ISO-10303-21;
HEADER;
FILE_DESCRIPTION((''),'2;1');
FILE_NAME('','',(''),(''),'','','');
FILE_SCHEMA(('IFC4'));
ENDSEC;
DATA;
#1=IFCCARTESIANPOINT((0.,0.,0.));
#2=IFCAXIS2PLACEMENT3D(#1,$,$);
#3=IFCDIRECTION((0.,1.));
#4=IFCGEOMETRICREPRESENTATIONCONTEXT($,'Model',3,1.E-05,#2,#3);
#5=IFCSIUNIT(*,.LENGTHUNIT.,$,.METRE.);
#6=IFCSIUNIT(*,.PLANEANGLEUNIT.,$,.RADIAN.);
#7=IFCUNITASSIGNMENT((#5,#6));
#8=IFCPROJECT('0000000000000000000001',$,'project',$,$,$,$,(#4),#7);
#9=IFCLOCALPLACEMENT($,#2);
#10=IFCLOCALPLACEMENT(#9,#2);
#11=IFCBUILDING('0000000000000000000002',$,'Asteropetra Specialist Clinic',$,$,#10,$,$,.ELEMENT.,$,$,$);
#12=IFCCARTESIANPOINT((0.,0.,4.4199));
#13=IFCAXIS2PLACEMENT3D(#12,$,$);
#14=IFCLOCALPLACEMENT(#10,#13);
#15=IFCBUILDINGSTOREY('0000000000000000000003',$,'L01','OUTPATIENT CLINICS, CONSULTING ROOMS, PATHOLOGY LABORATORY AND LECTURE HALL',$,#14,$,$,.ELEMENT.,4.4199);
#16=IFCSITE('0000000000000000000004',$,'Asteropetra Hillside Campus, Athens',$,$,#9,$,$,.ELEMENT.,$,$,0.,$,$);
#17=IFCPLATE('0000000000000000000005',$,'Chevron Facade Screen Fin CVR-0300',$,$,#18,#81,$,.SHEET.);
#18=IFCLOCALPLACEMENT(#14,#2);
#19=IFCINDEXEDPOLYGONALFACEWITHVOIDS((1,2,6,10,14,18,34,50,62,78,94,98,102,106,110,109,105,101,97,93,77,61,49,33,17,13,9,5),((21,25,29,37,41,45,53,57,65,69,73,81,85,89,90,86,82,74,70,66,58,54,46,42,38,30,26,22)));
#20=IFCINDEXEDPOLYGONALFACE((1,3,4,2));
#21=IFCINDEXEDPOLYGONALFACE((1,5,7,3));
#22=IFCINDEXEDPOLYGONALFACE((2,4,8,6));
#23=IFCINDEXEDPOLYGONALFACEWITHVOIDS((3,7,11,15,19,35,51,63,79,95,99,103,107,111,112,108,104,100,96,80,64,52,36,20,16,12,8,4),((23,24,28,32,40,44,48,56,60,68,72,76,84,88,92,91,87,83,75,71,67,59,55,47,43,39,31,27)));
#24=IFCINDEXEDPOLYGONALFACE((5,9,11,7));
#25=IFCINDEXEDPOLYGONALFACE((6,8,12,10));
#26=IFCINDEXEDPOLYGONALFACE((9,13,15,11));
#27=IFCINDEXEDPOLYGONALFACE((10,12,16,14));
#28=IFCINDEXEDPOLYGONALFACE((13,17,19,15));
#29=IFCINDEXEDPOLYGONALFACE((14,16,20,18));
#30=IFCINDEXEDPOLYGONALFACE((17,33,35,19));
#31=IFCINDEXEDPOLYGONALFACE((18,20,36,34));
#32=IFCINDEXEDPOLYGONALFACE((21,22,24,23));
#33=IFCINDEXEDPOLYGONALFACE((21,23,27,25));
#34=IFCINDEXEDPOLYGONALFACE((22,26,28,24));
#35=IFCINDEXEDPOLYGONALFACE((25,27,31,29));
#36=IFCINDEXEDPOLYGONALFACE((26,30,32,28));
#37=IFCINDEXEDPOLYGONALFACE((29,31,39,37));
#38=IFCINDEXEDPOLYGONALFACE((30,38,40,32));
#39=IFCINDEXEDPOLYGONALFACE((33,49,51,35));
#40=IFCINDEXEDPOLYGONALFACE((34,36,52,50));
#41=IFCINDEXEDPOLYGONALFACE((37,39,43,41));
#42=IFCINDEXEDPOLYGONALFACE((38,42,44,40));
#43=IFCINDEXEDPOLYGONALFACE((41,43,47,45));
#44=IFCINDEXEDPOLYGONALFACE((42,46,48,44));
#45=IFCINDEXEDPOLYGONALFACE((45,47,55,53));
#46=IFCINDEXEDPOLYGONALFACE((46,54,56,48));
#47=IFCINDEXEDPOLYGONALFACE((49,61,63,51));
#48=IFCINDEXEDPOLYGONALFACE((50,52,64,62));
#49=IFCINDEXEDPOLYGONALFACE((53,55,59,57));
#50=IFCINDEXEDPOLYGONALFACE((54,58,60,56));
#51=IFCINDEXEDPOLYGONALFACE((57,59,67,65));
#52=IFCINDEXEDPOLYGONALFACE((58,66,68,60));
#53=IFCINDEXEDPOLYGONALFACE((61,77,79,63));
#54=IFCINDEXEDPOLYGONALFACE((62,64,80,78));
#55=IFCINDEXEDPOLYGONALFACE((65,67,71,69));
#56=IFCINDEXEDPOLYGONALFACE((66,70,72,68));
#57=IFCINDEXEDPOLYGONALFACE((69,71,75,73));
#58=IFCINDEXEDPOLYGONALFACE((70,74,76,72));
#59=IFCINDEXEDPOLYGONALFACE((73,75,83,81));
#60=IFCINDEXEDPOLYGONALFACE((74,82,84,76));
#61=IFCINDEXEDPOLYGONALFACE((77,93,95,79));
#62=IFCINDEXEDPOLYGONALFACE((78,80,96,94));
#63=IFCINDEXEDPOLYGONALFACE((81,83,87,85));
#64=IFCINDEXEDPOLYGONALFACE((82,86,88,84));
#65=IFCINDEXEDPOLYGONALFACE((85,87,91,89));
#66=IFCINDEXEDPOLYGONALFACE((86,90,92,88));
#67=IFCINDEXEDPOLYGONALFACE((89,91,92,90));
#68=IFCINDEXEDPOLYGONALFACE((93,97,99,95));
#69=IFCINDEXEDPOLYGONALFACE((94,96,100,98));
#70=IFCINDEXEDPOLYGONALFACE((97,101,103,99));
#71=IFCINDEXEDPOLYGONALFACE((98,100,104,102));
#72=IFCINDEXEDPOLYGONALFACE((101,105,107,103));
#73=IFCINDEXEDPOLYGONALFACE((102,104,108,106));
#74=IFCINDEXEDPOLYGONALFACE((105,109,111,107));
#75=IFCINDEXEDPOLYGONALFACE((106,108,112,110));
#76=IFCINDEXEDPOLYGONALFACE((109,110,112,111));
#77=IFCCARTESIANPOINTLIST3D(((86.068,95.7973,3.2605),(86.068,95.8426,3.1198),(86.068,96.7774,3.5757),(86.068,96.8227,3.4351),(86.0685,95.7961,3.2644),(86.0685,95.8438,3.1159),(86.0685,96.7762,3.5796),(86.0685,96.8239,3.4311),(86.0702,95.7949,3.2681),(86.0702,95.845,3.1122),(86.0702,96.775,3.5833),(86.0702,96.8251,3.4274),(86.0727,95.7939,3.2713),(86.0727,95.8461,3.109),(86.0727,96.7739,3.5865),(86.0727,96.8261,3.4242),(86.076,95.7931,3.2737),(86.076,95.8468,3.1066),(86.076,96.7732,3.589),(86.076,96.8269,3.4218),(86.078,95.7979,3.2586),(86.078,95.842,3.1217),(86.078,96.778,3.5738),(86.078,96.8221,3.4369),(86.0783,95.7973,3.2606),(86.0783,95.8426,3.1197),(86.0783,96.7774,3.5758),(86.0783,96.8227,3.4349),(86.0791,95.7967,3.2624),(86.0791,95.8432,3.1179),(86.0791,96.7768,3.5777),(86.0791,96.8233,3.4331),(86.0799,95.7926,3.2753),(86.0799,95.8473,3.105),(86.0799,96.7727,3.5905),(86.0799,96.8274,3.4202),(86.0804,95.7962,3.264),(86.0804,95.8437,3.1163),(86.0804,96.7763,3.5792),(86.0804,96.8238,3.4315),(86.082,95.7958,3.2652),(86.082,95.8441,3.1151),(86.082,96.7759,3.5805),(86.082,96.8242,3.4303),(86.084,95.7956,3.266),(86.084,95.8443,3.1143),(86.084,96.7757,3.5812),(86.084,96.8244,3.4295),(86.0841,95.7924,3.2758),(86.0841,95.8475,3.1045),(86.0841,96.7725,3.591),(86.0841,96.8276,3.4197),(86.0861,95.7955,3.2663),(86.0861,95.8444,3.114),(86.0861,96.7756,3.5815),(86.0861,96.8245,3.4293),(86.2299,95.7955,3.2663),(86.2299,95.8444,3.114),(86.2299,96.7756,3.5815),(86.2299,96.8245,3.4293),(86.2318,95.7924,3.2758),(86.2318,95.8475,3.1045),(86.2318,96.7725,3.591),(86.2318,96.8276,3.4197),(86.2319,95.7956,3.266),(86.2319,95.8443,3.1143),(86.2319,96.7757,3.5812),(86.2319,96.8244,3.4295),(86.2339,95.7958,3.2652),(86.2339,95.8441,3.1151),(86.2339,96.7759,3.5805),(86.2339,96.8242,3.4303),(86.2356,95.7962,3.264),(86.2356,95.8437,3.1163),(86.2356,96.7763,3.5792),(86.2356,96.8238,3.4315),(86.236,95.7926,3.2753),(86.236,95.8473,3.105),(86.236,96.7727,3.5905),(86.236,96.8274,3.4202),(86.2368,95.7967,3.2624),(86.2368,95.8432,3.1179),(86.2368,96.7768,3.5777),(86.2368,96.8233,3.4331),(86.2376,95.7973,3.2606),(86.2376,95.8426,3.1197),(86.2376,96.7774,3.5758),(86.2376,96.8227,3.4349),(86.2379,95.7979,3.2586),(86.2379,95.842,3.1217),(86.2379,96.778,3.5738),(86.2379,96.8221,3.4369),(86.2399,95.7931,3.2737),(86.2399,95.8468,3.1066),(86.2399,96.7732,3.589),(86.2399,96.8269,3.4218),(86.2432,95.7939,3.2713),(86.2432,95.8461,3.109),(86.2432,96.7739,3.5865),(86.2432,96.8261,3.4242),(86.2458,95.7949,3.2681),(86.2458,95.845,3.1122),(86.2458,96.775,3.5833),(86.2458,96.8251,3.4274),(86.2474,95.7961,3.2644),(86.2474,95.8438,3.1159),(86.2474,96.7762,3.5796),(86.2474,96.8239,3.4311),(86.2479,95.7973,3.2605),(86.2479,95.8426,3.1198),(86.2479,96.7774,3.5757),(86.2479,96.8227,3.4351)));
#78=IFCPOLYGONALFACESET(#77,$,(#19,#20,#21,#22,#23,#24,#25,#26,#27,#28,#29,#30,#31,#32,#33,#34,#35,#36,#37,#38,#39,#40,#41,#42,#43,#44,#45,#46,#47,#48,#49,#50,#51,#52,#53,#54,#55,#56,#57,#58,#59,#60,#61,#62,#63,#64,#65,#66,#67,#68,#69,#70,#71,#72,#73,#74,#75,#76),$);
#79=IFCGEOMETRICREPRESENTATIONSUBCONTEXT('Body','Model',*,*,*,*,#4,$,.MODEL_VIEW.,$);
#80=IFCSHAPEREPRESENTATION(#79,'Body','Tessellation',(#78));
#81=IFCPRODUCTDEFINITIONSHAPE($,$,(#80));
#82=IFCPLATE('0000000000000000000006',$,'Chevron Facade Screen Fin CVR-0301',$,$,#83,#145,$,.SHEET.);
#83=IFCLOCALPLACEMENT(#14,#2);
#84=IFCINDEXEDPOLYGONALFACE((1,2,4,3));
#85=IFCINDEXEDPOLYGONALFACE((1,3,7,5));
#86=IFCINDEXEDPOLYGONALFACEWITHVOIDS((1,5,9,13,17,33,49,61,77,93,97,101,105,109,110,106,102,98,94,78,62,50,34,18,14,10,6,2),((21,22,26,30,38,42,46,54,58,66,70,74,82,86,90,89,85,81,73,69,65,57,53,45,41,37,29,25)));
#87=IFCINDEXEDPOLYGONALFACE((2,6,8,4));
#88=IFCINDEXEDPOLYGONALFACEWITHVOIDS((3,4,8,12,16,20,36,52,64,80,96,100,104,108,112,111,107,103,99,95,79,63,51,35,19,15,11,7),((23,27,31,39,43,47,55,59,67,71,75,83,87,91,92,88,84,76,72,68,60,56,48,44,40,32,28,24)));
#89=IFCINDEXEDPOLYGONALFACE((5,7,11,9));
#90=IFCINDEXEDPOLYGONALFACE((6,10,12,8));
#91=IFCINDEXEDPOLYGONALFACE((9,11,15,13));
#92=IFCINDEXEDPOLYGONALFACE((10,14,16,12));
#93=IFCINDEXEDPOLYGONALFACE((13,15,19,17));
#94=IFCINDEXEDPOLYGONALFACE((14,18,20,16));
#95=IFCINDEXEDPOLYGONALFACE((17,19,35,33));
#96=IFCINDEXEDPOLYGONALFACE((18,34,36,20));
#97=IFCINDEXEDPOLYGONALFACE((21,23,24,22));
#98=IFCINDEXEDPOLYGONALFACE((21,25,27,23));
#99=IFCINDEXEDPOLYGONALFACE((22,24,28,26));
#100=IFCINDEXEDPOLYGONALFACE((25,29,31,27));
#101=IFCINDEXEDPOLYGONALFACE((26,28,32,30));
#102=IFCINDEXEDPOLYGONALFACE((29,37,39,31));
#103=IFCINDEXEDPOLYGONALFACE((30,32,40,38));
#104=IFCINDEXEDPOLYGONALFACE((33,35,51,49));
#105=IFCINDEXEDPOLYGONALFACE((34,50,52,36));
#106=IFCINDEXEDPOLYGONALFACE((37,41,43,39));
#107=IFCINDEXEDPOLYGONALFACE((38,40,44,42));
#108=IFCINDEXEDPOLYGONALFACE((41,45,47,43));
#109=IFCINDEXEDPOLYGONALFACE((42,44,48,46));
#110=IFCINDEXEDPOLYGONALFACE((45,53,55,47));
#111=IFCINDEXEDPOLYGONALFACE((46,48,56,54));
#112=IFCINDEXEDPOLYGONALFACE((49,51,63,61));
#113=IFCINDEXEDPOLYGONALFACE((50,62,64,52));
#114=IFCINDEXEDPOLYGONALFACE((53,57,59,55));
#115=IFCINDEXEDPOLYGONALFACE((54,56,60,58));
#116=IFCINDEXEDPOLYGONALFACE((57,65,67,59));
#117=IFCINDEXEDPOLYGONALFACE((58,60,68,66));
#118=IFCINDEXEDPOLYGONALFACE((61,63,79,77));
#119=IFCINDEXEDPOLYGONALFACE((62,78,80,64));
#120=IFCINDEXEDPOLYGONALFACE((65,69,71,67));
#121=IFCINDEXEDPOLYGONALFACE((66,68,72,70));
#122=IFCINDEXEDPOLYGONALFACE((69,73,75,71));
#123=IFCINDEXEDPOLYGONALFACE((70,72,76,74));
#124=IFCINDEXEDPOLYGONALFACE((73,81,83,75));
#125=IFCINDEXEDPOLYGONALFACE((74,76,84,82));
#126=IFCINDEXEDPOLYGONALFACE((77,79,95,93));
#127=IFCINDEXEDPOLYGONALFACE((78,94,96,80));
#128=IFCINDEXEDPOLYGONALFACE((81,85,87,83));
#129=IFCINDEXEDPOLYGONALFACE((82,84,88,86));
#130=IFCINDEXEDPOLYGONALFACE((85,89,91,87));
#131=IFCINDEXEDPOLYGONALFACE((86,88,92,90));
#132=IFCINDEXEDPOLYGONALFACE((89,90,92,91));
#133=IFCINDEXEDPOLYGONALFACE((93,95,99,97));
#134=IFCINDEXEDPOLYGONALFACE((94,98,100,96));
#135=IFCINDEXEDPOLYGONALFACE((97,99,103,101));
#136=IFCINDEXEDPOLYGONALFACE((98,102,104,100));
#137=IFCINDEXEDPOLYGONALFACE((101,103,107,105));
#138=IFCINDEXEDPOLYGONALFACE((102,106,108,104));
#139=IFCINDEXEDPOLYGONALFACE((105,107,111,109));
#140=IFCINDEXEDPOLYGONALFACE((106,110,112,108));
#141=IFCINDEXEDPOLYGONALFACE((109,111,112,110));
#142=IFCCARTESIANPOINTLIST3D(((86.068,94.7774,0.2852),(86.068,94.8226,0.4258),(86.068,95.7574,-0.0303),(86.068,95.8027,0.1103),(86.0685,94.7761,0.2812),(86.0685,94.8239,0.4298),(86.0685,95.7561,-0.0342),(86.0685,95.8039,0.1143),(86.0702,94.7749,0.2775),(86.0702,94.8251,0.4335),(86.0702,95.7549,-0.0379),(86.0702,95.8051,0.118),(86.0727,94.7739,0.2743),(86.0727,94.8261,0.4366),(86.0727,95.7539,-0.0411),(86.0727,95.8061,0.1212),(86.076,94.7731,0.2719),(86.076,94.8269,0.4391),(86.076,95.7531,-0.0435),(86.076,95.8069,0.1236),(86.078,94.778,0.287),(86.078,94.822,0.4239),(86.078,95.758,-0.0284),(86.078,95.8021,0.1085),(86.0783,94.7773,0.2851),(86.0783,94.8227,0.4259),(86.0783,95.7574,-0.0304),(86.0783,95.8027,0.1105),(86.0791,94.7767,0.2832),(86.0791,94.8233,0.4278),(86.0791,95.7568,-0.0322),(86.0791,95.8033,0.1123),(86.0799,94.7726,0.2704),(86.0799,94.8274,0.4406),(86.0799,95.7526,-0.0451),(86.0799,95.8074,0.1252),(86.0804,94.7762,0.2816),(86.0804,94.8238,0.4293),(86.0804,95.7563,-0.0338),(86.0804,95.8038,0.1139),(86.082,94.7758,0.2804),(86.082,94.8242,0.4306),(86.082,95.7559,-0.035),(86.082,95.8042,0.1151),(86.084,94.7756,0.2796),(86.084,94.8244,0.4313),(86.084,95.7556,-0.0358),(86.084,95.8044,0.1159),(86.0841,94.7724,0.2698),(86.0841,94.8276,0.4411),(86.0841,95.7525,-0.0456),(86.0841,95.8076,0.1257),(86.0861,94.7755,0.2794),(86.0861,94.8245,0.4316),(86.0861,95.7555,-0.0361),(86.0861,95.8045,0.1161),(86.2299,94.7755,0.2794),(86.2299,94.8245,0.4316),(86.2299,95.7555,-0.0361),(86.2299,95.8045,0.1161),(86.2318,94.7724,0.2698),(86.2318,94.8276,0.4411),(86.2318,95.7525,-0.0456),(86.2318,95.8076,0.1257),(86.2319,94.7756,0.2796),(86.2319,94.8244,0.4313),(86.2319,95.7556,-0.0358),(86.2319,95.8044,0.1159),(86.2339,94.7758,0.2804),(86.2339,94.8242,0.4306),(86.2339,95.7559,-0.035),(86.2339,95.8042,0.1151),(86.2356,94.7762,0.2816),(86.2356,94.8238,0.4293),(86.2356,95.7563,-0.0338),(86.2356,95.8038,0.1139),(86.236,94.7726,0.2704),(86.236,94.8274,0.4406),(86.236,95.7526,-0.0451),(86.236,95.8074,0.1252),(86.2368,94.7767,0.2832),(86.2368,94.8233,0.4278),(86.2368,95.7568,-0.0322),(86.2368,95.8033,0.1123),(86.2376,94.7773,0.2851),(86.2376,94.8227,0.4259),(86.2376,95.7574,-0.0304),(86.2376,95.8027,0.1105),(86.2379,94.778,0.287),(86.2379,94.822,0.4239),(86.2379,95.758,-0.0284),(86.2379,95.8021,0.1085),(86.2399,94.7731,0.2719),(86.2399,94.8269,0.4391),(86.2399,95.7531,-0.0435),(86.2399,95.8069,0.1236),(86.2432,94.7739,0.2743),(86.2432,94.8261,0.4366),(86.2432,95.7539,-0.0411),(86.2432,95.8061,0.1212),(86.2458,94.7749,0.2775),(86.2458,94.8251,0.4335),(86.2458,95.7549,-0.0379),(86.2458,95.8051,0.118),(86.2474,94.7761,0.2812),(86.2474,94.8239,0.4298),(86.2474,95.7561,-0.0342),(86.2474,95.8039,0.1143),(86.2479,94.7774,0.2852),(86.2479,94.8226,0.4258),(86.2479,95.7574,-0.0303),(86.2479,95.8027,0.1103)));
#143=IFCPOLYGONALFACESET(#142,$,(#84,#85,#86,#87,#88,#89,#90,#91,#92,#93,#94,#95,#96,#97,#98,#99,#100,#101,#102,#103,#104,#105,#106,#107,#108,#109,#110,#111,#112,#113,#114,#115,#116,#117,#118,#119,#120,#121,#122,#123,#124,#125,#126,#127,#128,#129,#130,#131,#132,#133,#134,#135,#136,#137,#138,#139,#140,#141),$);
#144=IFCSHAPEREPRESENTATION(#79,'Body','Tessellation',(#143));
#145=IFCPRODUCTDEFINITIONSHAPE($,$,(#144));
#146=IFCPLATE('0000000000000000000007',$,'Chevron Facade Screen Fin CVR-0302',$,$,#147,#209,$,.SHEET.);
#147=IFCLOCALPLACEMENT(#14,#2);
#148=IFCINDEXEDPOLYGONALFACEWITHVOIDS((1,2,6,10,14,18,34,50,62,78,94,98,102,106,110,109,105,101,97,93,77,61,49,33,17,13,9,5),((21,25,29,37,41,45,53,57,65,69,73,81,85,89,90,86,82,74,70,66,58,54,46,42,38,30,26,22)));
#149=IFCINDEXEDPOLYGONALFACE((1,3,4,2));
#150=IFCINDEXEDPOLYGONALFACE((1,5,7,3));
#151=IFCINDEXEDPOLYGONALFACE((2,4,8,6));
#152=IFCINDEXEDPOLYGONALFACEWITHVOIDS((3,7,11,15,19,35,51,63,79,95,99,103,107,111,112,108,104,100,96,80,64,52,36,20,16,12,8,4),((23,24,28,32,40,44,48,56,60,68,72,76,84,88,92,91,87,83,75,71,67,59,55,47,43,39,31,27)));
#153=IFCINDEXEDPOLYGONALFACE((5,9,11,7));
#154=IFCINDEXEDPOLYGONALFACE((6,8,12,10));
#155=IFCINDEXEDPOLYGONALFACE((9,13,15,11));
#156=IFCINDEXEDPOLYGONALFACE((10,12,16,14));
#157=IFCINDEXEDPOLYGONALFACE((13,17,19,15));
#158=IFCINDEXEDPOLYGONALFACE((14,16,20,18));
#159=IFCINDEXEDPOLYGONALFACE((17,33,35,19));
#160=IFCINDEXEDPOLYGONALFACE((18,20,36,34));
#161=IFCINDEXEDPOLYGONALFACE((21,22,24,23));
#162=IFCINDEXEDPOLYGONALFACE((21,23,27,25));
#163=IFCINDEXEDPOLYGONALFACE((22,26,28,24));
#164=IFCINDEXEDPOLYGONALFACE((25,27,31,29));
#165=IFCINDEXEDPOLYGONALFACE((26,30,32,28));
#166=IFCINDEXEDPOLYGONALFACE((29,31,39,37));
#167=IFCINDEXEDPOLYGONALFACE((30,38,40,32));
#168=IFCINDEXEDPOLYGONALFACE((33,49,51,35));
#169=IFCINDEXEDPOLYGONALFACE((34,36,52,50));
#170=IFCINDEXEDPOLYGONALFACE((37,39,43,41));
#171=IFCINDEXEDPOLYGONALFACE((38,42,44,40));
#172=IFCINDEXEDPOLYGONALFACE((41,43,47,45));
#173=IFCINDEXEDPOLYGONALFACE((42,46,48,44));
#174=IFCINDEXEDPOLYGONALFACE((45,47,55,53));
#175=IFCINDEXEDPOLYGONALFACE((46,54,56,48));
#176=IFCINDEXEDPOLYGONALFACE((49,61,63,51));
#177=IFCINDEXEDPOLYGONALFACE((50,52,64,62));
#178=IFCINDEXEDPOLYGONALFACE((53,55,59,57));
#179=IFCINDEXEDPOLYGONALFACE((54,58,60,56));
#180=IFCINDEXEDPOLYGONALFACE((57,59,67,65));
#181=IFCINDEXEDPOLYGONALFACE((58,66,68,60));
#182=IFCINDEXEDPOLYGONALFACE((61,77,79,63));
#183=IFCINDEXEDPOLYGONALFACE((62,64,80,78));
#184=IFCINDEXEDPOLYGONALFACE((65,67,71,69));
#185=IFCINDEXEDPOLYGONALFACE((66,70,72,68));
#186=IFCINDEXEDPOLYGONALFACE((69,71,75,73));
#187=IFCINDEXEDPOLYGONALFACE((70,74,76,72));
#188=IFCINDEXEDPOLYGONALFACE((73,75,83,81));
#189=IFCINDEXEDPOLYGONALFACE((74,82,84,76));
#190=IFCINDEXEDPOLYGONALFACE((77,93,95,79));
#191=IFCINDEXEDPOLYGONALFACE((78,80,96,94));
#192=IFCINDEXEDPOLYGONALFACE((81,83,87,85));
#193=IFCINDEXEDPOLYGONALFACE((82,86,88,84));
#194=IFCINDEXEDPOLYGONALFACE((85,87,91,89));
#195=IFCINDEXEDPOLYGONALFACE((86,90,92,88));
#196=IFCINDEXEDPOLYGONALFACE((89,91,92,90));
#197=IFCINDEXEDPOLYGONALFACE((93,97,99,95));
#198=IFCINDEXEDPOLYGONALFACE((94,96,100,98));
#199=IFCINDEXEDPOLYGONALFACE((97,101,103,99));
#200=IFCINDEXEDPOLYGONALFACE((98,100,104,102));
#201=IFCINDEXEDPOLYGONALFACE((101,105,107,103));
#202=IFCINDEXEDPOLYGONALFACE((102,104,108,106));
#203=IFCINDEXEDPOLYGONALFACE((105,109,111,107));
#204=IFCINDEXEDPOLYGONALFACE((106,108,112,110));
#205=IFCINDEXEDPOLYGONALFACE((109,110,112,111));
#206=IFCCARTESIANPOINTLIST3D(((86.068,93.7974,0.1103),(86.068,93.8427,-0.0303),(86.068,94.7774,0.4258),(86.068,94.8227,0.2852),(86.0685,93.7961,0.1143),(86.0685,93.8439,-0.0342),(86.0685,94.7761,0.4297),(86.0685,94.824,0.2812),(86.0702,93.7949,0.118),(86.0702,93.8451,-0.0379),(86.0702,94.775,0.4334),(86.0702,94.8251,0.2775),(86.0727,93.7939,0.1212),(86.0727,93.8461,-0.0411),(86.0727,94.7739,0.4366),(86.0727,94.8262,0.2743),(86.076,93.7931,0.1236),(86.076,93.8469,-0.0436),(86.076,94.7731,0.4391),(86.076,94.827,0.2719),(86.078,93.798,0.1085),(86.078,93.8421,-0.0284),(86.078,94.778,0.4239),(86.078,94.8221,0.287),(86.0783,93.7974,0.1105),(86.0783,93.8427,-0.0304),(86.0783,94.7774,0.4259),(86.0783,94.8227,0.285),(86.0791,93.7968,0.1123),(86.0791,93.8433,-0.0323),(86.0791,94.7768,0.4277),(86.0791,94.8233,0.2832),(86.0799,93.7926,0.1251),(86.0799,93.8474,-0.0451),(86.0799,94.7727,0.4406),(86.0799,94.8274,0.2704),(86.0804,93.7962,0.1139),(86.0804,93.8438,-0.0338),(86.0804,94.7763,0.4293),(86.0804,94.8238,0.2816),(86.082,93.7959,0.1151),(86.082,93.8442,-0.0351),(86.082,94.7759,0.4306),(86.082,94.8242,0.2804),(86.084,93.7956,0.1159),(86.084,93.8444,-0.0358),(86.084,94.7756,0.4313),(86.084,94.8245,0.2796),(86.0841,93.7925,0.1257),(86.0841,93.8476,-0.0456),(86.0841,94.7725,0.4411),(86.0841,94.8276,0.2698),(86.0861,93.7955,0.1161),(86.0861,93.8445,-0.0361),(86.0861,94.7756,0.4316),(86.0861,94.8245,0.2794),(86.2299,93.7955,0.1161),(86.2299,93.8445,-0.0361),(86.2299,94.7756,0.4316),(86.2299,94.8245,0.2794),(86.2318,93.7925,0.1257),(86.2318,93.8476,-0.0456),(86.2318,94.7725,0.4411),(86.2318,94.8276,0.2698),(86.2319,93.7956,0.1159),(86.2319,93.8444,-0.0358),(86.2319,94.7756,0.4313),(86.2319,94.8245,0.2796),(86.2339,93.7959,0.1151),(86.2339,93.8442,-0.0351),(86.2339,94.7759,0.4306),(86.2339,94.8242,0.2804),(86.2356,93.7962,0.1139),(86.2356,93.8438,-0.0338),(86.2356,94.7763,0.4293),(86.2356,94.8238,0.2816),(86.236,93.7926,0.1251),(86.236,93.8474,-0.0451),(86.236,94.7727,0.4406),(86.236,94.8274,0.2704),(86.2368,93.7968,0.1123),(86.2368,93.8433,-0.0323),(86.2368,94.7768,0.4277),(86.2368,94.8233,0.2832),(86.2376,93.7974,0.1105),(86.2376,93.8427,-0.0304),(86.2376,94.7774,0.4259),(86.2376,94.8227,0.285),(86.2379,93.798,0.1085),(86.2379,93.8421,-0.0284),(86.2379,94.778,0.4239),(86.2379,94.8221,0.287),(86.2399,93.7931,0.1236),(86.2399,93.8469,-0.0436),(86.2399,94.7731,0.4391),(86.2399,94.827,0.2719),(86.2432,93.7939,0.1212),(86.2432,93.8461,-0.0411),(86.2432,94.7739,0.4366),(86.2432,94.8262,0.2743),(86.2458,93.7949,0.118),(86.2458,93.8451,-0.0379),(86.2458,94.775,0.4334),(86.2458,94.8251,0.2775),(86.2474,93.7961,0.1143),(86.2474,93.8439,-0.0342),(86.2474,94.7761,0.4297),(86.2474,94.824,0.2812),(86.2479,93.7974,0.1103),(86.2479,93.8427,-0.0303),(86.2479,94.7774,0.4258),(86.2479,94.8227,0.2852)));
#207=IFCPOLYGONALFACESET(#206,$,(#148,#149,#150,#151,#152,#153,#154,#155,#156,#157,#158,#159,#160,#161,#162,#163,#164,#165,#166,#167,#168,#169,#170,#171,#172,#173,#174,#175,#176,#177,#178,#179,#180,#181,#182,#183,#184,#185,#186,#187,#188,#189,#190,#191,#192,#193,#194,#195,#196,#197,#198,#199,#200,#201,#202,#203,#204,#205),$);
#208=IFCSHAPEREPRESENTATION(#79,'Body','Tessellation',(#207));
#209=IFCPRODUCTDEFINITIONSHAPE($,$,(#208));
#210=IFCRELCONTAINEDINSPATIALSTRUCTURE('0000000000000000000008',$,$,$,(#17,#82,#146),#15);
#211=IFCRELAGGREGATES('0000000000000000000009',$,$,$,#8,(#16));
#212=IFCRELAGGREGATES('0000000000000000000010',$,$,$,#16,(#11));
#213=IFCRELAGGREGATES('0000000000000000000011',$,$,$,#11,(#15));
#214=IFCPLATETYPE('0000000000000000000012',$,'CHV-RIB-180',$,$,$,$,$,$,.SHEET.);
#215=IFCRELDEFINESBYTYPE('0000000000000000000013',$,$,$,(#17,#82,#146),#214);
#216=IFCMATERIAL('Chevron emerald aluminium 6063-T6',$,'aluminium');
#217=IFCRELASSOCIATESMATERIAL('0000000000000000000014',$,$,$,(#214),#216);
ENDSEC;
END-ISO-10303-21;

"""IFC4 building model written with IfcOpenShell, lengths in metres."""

from ifc_helpers import new_model, si_unit, direction, frame, origin, origin_2d, place, context, subcontext, project, spatial, hollow_rectangle, extrude, material, material_profile, profile_set, type_object, element, save


model = new_model("IFC4")

# Units and contexts
model_context = context("Model", 3, precision=1e-05, world=origin(), true_north=direction((0.0, 1.0)))
body_context = subcontext(model_context, "Body", "Model", "MODEL_VIEW")
ifc_project = project(units=[si_unit("LENGTHUNIT", "METRE"), si_unit("PLANEANGLEUNIT", "RADIAN")], contexts=[model_context])

# Site, building, storey
site_placement = place(None, origin())
site = spatial("IfcSite", under=ifc_project, at=site_placement, Name="Asteropetra Hillside Campus, Athens", CompositionType="ELEMENT", RefElevation=0.0)
building_placement = place(site_placement, origin())
building = spatial("IfcBuilding", under=site, at=building_placement, Name="Asteropetra Specialist Clinic", CompositionType="ELEMENT")
storey_placement = place(building_placement, frame((0.0, 0.0, 4.4199)))
storey = spatial("IfcBuildingStorey", under=building, at=storey_placement, Name="L01", Description="OUTPATIENT CLINICS, CONSULTING ROOMS, PATHOLOGY LABORATORY AND LECTURE HALL", CompositionType="ELEMENT", Elevation=4.4199)

# Plates
ifc_material_1 = material(Name="Chevron emerald aluminium 6063-T6", Category="aluminium")
ifc_material_profile_1 = material_profile(ifc_material_1, hollow_rectangle(XDim=0.1799, YDim=0.1799, WallThickness=0.01, InnerFilletRadius=0.0081, OuterFilletRadius=0.0161, at=origin_2d()), Name="SHS 180x180x10.0")
ifc_profile_set_1 = profile_set([ifc_material_profile_1], Name="Chevron emerald aluminium 6063-T6")
plate_type = type_object("IfcPlateType", Name="CHV-RIB-180", PredefinedType="SHEET", material=ifc_profile_set_1)
for number, where, z_axis, x_axis, name in (
    (1, (86.158, 96.8, 3.5054), (0.0, -0.951974, -0.306178), (1.0, 0.0, 0.0), "Chevron Facade Screen Fin CVR-0300"),
    (2, (86.158, 95.78, 0.04), (0.0, -0.951905, 0.306393), (1.0, 0.0, 0.0), "Chevron Facade Screen Fin CVR-0301"),
    (3, (86.158, 94.8, 0.3555), (0.0, -0.951905, -0.306393), (1.0, 0.0, 0.0), "Chevron Facade Screen Fin CVR-0302"),
):
    element("IfcPlate", number, at=place(storey_placement, frame(where, z_axis=z_axis, x_axis=x_axis)), inside=storey, type_object=plate_type, Name=name, PredefinedType="SHEET", context=body_context, shape_type="SweptSolid", body=[
        extrude(hollow_rectangle(XDim=0.1799, YDim=0.1799, WallThickness=0.01, InnerFilletRadius=0.0081, OuterFilletRadius=0.0161, at=origin_2d()), origin(), (0.0, 0.0, 1.0), 1.0295),
    ])

save(model, "model.ifc")
